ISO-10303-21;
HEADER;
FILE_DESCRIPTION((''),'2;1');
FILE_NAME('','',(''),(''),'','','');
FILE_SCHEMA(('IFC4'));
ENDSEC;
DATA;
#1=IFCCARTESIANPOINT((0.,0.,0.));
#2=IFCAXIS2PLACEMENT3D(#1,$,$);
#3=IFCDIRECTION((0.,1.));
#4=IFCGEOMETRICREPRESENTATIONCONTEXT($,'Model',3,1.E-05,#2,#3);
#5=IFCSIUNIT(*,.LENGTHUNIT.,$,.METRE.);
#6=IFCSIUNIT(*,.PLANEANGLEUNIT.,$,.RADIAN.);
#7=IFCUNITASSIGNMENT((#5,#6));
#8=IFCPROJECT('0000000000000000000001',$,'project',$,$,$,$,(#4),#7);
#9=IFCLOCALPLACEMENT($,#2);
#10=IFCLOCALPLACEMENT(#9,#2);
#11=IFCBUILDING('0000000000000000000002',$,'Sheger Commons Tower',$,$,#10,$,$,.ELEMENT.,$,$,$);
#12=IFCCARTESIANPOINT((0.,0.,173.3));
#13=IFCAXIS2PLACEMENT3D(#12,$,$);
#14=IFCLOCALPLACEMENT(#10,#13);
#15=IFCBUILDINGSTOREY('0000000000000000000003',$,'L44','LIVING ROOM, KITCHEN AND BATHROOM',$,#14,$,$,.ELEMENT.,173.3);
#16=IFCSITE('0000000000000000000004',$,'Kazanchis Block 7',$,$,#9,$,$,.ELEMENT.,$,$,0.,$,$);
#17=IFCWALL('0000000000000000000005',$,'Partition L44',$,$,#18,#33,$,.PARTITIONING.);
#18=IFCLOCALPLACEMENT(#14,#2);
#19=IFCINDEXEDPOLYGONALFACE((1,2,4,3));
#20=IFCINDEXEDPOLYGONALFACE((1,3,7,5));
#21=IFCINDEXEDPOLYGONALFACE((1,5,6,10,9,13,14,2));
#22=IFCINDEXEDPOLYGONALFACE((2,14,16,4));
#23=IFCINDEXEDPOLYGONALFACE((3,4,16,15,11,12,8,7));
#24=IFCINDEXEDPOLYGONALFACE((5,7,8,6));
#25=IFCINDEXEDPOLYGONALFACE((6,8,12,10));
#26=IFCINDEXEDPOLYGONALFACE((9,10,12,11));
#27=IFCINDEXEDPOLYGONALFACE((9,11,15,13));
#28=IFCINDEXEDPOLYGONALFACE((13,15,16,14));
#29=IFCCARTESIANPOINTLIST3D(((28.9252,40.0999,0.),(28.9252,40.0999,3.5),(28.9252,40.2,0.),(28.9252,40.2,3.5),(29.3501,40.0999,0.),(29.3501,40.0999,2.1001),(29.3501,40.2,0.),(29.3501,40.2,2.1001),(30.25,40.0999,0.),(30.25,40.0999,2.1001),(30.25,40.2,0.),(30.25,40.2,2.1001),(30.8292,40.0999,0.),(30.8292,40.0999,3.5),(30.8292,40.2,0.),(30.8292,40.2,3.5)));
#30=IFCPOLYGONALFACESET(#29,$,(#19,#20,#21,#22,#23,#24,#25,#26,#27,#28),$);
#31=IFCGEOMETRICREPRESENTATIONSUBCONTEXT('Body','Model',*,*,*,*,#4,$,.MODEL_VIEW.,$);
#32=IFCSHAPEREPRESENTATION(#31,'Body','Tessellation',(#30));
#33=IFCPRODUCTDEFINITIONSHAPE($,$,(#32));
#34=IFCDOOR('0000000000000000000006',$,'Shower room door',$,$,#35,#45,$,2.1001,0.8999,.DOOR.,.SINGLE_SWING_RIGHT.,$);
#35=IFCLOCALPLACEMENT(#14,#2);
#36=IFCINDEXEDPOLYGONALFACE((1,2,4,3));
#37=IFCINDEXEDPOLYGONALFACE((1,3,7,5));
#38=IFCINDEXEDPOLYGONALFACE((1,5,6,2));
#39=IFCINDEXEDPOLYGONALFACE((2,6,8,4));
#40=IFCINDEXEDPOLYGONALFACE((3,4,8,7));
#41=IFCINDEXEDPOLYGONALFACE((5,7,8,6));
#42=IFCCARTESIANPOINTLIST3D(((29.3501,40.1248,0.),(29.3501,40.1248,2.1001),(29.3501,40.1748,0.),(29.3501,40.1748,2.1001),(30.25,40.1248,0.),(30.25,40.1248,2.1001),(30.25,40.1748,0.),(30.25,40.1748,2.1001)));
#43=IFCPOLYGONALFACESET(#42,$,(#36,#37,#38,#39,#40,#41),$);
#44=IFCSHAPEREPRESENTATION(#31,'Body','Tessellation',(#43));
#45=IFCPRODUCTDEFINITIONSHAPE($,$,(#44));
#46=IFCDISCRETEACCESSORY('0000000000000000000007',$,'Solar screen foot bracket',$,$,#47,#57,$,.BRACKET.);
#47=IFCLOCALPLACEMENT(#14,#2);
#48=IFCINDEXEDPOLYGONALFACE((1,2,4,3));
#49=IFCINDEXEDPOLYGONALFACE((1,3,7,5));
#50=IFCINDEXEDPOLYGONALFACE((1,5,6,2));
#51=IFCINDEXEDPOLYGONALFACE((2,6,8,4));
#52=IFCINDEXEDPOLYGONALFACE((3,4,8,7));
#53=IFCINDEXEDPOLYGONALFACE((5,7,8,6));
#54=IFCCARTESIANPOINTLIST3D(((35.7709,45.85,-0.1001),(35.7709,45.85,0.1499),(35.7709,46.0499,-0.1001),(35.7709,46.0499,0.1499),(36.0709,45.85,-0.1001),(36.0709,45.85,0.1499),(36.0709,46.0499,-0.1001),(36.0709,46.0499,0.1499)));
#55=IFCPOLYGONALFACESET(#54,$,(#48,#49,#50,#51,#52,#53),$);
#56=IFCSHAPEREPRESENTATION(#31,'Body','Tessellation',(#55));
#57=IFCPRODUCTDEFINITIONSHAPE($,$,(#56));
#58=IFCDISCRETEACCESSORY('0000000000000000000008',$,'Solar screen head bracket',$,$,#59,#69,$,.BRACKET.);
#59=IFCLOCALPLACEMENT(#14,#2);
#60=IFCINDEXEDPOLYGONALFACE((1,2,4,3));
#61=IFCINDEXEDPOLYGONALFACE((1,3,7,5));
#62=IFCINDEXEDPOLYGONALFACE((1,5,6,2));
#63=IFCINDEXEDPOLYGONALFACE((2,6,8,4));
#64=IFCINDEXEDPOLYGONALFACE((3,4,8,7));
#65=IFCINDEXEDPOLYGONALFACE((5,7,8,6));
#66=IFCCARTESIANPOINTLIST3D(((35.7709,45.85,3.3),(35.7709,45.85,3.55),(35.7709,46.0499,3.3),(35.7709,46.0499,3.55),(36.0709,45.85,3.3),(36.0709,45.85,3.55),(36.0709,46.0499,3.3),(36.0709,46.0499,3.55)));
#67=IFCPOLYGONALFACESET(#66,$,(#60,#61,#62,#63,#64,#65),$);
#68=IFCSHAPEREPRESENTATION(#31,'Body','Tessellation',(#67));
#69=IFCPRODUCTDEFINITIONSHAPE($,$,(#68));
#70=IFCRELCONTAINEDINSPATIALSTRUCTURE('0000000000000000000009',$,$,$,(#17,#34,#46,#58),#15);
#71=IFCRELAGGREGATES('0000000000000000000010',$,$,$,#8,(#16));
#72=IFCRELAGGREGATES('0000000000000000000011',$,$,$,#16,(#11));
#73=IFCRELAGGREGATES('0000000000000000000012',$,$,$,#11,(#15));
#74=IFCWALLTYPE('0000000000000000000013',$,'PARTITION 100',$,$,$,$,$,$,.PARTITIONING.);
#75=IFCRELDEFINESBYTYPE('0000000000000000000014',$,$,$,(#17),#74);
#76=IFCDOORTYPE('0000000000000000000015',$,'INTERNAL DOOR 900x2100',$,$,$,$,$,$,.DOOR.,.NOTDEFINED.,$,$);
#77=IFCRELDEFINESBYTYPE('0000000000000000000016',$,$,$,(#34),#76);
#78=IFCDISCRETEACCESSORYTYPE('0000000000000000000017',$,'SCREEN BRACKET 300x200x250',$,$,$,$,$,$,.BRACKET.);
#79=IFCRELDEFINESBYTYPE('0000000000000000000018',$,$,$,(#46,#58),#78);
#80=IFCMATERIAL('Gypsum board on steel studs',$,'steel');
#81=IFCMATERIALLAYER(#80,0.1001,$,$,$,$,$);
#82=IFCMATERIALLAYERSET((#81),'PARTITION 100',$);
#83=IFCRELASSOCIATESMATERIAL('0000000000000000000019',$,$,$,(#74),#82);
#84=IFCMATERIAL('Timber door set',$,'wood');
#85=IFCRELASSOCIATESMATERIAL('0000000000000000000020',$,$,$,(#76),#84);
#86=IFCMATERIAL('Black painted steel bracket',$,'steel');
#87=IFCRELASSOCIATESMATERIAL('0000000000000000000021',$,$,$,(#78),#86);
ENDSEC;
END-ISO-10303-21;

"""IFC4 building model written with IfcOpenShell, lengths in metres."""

from ifc_helpers import new_model, si_unit, direction, frame, frame_2d, origin, origin_2d, place, context, subcontext, project, spatial, rectangle, extrude, material, layer, layer_set, type_object, element, fill, save


model = new_model("IFC4")

# Units and contexts
model_context = context("Model", 3, precision=1e-05, world=origin(), true_north=direction((0.0, 1.0)))
body_context = subcontext(model_context, "Body", "Model", "MODEL_VIEW")
ifc_project = project(units=[si_unit("LENGTHUNIT", "METRE"), si_unit("PLANEANGLEUNIT", "RADIAN")], contexts=[model_context])

# Site, building, storey
site_placement = place(None, origin())
site = spatial("IfcSite", under=ifc_project, at=site_placement, Name="Kazanchis Block 7", CompositionType="ELEMENT", RefElevation=0.0)
building_placement = place(site_placement, origin())
building = spatial("IfcBuilding", under=site, at=building_placement, Name="Sheger Commons Tower", CompositionType="ELEMENT")
storey_placement = place(building_placement, frame((0.0, 0.0, 173.3)))
storey = spatial("IfcBuildingStorey", under=building, at=storey_placement, Name="L44", Description="LIVING ROOM, KITCHEN AND BATHROOM", CompositionType="ELEMENT", Elevation=173.3)

# Shared definitions
ifc_material_1 = material(Name="Gypsum board on steel studs", Category="steel")
ifc_layer_1 = layer(ifc_material_1, 0.1001)
ifc_layer_set_1 = layer_set([ifc_layer_1], Name="PARTITION 100")
wall_type_1 = type_object("IfcWallType", Name="PARTITION 100", PredefinedType="PARTITIONING", material=ifc_layer_set_1)

# Wall, opening, door
wall_1_placement = place(storey_placement, frame((28.925, 40.1499, 0.0), z_axis=(0.0, 0.0, 1.0), x_axis=(1.0, 0.0, 0.0)))
wall_1 = element("IfcWall", 1, at=wall_1_placement, inside=storey, type_object=wall_type_1, Name="Partition L44", PredefinedType="PARTITIONING", context=body_context, shape_type="SweptSolid", body=[
    extrude(rectangle(XDim=1.9041, YDim=0.1001, at=frame_2d((0.9521, 0.0))), origin(), (0.0, 0.0, 1.0), 3.5),
])
opening_1_placement = place(wall_1_placement, frame((0.425, 0.0, 0.0)))
opening_1 = element("IfcOpeningElement", 2, at=opening_1_placement, cuts=wall_1, PredefinedType="OPENING", context=body_context, shape_type="SweptSolid", body=[
    extrude(rectangle(XDim=0.8999, YDim=2.1001, at=frame_2d((0.45, 1.05))), frame((0.0, 0.0601, 0.0), z_axis=(0.0, -1.0, 0.0), x_axis=(1.0, 0.0, 0.0)), (0.0, 0.0, 1.0), 0.1201),
])
ifc_material_2 = material(Name="Timber door set", Category="wood")
door_type_1 = type_object("IfcDoorType", Name="INTERNAL DOOR 900x2100", OperationType="NOTDEFINED", PredefinedType="DOOR", material=ifc_material_2)
door_1_placement = place(opening_1_placement, origin())
door_1 = element("IfcDoor", 3, at=door_1_placement, inside=storey, type_object=door_type_1, Name="Shower room door", OperationType="SINGLE_SWING_RIGHT", OverallHeight=2.1001, OverallWidth=0.8999, PredefinedType="DOOR", context=body_context, shape_type="SweptSolid", body=[
    extrude(rectangle(XDim=0.8999, YDim=2.1001, at=frame_2d((0.45, 1.05))), frame((0.0, 0.0249, 0.0), z_axis=(0.0, -1.0, 0.0), x_axis=(1.0, 0.0, 0.0)), (0.0, 0.0, 1.0), 0.05),
])
fill(opening_1, door_1)

# Discrete accessories
ifc_material_3 = material(Name="Black painted steel bracket", Category="steel")
discrete_accessory_type = type_object("IfcDiscreteAccessoryType", Name="SCREEN BRACKET 300x200x250", PredefinedType="BRACKET", material=ifc_material_3)
for number, where, z_axis, x_axis, name in (
    (4, (35.9209, 45.95, -0.1001), (0.0, 0.0, 1.0), (-1.0, 0.0, 0.0), "Solar screen foot bracket"),
    (5, (35.9209, 45.95, 3.3), (0.0, 0.0, 1.0), (-1.0, 0.0, 0.0), "Solar screen head bracket"),
):
    element("IfcDiscreteAccessory", number, at=place(storey_placement, frame(where, z_axis=z_axis, x_axis=x_axis)), inside=storey, type_object=discrete_accessory_type, Name=name, PredefinedType="BRACKET", context=body_context, shape_type="SweptSolid", body=[
        extrude(rectangle(XDim=0.3, YDim=0.2, at=origin_2d()), origin(), (0.0, 0.0, 1.0), 0.25),
    ])

save(model, "model.ifc")
